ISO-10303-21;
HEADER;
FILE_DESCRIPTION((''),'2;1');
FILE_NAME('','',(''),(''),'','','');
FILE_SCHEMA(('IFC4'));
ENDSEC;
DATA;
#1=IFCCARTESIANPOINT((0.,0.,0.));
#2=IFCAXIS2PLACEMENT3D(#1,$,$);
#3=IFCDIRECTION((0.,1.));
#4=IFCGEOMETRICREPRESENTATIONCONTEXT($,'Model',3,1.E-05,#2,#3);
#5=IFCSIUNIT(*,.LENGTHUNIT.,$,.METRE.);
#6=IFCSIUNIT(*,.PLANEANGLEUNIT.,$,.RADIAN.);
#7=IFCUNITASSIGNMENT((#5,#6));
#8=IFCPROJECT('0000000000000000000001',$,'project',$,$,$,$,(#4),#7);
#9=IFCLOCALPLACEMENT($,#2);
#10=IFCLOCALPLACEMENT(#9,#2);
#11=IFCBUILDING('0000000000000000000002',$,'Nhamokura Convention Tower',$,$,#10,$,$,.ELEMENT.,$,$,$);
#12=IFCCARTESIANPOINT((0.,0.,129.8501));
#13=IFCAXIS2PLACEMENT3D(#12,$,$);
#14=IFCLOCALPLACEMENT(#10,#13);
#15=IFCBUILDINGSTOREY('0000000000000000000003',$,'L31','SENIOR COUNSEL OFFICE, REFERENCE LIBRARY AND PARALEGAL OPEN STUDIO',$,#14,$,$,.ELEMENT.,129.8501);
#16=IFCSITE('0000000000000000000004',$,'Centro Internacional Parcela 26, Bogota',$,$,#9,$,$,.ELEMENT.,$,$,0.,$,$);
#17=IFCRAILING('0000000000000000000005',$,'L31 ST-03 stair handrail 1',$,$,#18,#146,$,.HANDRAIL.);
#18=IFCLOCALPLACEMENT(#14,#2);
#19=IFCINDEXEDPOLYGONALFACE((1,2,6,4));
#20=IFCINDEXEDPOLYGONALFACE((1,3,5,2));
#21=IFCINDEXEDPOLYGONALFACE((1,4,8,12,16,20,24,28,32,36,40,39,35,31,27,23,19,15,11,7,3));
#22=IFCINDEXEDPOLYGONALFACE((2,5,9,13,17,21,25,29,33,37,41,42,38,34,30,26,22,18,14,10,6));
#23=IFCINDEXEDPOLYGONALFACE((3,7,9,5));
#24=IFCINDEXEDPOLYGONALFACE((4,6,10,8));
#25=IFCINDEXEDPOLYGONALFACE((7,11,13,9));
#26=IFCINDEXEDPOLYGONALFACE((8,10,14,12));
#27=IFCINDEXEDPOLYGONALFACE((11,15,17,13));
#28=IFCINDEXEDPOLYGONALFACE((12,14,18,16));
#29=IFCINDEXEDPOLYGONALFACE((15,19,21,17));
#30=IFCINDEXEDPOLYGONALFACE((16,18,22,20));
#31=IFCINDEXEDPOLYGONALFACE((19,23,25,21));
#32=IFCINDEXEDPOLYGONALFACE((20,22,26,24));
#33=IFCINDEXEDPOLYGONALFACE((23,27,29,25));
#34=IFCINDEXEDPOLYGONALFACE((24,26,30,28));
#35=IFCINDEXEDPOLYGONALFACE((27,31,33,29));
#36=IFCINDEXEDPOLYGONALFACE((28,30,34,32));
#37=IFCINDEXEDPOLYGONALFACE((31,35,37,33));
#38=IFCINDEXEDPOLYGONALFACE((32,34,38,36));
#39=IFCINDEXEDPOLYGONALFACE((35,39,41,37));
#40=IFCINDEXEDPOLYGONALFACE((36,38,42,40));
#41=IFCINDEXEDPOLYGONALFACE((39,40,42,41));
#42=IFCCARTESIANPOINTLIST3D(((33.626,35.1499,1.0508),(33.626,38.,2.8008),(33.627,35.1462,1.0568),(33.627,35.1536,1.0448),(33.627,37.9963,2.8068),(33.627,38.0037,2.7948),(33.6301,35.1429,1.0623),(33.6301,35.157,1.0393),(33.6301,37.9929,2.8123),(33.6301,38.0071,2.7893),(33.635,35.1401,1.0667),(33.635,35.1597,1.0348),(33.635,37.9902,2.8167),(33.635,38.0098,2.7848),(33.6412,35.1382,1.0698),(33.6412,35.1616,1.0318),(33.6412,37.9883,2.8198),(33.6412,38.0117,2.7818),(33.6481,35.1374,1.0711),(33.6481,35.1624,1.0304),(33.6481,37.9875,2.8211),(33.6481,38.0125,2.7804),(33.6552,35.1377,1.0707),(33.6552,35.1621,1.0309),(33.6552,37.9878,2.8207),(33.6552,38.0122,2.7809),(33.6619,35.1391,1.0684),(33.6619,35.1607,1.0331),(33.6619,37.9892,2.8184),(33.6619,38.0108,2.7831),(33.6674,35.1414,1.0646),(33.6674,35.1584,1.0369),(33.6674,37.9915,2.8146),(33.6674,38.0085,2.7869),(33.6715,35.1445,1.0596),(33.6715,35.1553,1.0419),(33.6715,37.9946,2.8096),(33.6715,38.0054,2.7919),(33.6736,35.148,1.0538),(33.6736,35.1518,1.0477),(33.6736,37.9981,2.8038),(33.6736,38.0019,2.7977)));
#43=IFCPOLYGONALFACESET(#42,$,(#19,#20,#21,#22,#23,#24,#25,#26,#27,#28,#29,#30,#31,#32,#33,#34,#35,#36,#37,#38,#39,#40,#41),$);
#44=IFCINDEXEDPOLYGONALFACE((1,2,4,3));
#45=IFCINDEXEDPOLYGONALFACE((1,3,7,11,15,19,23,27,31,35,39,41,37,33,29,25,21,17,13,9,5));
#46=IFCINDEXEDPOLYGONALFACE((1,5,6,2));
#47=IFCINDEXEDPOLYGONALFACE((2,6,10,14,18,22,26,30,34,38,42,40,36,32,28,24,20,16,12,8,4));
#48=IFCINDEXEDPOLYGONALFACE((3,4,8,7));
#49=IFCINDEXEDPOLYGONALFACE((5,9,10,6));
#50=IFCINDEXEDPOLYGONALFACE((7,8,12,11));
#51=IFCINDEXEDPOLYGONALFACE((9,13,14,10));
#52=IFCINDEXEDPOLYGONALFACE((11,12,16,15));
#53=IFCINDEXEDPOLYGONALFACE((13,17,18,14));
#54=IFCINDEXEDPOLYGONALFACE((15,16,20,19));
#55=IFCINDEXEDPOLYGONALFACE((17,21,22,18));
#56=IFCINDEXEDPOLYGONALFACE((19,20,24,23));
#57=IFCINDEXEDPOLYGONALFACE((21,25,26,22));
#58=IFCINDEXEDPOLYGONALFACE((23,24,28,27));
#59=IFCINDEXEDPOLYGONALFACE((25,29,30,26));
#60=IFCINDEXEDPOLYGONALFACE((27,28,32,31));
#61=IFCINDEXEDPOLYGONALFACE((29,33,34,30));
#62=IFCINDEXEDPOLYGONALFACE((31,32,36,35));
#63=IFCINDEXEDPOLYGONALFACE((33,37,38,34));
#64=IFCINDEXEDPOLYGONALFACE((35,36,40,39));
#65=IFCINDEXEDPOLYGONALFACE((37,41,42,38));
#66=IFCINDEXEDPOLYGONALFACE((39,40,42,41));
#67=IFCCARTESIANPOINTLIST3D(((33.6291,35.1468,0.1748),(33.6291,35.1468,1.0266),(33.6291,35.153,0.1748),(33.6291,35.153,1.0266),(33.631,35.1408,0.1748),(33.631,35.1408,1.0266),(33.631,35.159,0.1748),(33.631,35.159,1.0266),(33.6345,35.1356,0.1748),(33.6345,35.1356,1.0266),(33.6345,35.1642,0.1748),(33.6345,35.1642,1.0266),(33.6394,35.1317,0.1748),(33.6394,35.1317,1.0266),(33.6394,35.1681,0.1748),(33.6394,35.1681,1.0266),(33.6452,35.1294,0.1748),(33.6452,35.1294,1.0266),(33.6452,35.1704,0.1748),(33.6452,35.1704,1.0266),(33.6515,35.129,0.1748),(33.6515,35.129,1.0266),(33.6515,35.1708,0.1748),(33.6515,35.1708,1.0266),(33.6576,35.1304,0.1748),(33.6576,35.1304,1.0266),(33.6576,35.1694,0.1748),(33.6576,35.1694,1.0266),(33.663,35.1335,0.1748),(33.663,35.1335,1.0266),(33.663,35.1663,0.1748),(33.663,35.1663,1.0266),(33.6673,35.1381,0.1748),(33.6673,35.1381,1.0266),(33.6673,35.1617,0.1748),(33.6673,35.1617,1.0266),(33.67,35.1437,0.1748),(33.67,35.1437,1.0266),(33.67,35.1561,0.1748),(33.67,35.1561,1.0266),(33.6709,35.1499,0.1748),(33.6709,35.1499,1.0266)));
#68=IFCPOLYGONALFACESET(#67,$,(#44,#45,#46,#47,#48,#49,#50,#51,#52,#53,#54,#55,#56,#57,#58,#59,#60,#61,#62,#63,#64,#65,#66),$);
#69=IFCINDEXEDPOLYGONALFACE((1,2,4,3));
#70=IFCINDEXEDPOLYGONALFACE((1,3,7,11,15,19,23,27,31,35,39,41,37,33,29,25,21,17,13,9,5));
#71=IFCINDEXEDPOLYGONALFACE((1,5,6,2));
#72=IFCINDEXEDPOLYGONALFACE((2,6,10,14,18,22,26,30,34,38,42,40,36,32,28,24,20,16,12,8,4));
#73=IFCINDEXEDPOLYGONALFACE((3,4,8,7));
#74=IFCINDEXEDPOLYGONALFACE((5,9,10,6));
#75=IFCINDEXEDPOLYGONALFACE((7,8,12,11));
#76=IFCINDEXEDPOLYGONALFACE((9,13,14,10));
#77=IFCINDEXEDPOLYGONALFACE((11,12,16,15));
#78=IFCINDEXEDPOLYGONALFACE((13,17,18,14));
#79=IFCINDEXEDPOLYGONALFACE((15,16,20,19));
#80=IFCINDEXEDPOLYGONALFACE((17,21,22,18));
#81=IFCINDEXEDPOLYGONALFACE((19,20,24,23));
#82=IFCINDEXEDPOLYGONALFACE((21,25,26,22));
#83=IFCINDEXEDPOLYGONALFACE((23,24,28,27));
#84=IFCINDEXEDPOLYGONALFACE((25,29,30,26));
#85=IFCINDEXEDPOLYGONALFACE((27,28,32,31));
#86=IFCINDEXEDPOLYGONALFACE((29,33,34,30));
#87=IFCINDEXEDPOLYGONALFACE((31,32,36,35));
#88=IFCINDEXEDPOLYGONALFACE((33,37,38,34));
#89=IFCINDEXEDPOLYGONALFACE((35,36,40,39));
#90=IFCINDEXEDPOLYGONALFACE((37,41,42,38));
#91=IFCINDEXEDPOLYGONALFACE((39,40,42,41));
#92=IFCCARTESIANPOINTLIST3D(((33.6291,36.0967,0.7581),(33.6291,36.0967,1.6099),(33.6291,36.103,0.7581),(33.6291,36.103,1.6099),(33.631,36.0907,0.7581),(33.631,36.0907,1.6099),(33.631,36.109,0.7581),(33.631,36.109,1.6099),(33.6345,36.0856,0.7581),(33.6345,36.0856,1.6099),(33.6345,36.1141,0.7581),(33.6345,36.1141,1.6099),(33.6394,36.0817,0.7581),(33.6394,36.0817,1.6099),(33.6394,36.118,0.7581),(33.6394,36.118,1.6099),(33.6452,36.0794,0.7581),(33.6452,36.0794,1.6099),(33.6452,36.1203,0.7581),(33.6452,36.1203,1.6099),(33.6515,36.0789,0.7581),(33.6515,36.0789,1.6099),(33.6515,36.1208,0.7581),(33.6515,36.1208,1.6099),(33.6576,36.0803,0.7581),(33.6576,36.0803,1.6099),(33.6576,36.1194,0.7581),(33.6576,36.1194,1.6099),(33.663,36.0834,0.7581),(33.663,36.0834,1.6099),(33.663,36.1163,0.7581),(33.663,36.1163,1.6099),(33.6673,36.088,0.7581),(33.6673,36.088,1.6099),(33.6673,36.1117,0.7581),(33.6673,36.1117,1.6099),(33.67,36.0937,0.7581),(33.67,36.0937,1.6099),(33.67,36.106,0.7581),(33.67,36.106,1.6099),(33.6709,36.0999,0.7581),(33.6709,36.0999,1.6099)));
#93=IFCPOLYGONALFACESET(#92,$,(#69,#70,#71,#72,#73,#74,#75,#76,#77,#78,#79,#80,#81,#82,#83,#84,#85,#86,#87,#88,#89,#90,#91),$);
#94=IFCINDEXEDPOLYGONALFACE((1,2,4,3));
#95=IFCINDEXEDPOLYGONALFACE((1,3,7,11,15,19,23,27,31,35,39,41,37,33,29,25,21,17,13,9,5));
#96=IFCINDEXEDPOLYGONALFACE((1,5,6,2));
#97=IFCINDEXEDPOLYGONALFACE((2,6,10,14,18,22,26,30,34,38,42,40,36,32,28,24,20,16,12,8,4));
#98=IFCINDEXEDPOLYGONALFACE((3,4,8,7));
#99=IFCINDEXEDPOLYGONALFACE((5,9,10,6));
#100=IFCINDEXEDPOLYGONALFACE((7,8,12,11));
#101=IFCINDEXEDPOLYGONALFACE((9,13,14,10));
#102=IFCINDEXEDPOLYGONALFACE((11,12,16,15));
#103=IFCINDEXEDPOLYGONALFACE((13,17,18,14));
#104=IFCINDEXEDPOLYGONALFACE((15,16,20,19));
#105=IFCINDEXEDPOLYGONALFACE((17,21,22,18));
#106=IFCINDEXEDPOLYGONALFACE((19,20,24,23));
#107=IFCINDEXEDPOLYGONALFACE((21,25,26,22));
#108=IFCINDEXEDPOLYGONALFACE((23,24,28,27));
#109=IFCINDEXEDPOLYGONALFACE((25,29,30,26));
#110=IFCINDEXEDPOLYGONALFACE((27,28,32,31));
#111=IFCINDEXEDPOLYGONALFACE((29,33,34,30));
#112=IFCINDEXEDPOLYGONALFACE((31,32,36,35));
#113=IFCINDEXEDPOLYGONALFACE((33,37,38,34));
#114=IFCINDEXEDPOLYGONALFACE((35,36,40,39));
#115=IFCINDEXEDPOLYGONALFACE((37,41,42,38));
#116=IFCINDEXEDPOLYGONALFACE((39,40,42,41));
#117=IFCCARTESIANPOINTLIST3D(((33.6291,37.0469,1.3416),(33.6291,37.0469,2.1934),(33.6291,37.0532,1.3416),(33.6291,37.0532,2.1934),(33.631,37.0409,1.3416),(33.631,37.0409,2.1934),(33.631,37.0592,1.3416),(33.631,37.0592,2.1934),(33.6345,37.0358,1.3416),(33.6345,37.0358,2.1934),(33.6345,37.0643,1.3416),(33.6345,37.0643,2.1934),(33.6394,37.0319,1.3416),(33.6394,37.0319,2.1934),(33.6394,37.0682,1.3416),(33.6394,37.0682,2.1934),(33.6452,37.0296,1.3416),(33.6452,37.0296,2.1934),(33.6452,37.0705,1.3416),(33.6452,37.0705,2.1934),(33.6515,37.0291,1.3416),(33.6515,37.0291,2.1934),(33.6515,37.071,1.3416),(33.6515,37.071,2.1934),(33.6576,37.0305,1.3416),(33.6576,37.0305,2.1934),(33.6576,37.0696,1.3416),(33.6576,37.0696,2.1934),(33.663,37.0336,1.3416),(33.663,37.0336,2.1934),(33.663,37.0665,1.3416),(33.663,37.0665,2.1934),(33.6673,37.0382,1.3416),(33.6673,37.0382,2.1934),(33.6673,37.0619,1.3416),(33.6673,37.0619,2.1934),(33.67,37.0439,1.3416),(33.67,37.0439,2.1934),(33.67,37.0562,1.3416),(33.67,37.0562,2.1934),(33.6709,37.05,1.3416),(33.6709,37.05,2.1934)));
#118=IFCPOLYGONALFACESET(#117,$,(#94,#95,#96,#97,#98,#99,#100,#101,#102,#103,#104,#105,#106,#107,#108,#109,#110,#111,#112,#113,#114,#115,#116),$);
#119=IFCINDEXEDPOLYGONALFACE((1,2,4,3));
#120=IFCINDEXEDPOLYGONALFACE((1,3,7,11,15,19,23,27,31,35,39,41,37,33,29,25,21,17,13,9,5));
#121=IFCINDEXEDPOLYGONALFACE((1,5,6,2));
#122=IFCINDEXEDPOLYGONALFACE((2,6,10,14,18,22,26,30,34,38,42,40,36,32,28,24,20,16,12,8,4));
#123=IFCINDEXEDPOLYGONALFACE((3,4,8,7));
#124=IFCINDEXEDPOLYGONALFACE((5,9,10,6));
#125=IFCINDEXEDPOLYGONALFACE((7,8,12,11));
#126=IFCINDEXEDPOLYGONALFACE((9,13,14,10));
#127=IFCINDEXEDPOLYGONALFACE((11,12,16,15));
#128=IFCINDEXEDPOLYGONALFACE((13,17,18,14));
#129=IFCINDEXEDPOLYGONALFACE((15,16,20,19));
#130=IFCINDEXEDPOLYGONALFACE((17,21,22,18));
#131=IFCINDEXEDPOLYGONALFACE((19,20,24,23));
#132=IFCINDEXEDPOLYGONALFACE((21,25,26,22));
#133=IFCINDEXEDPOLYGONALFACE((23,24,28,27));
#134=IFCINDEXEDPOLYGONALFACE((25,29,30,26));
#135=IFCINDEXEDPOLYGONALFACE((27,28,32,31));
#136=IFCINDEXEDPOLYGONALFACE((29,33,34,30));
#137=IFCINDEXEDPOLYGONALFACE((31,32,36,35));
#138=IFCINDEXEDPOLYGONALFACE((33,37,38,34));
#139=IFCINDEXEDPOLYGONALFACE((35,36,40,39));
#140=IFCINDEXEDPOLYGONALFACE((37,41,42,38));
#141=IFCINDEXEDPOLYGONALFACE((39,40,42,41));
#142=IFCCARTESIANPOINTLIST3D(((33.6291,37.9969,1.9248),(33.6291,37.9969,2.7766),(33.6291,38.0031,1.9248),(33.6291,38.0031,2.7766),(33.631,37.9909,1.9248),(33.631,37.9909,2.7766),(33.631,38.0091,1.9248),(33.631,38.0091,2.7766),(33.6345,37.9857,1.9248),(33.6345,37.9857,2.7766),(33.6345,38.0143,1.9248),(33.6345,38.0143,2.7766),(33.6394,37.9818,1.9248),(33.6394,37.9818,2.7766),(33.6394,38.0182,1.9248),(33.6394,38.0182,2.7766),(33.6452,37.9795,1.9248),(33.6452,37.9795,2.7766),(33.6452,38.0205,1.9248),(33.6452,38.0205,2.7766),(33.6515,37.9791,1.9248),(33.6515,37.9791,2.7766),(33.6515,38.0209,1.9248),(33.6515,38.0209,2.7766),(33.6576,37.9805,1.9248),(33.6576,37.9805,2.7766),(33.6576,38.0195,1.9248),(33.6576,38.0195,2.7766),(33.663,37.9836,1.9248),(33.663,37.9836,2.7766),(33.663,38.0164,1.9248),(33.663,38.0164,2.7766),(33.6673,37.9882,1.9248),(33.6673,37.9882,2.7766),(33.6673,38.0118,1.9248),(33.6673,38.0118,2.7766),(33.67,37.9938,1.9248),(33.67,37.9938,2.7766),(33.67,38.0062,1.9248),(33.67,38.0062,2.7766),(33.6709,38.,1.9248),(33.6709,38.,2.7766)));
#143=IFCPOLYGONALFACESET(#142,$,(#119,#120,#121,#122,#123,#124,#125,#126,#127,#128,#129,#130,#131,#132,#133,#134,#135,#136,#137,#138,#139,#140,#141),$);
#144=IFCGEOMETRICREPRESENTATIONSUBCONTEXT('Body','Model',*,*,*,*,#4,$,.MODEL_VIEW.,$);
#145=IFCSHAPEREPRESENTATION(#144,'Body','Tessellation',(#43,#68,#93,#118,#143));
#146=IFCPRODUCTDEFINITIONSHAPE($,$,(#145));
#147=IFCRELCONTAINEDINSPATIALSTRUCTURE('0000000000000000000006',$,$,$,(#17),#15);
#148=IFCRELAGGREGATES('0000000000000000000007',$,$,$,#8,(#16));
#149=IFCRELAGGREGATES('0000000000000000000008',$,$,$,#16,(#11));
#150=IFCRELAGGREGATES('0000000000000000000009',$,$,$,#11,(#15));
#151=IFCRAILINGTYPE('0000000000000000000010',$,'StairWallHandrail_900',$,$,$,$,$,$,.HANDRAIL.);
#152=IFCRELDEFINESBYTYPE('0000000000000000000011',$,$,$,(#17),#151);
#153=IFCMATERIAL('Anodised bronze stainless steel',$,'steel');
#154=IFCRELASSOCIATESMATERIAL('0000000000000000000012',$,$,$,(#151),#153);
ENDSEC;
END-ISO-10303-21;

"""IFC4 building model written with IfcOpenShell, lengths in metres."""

from ifc_helpers import new_model, si_unit, direction, frame, origin, origin_2d, place, context, subcontext, project, spatial, circle, extrude, material, type_object, element, save


model = new_model("IFC4")

# Units and contexts
model_context = context("Model", 3, precision=1e-05, world=origin(), true_north=direction((0.0, 1.0)))
body_context = subcontext(model_context, "Body", "Model", "MODEL_VIEW")
ifc_project = project(units=[si_unit("LENGTHUNIT", "METRE"), si_unit("PLANEANGLEUNIT", "RADIAN")], contexts=[model_context])

# Site, building, storey
site_placement = place(None, origin())
site = spatial("IfcSite", under=ifc_project, at=site_placement, Name="Centro Internacional Parcela 26, Bogota", CompositionType="ELEMENT", RefElevation=0.0)
building_placement = place(site_placement, origin())
building = spatial("IfcBuilding", under=site, at=building_placement, Name="Nhamokura Convention Tower", CompositionType="ELEMENT")
storey_placement = place(building_placement, frame((0.0, 0.0, 129.8501)))
storey = spatial("IfcBuildingStorey", under=building, at=storey_placement, Name="L31", Description="SENIOR COUNSEL OFFICE, REFERENCE LIBRARY AND PARALEGAL OPEN STUDIO", CompositionType="ELEMENT", Elevation=129.8501)

# Railing
ifc_material_1 = material(Name="Anodised bronze stainless steel", Category="steel")
railing_type_1 = type_object("IfcRailingType", Name="StairWallHandrail_900", PredefinedType="HANDRAIL", material=ifc_material_1)
railing_1_placement = place(storey_placement, frame((33.6499, 35.1499, 0.1748)))
element("IfcRailing", 1, at=railing_1_placement, inside=storey, type_object=railing_type_1, Name="L31 ST-03 stair handrail 1", PredefinedType="HANDRAIL", context=body_context, shape_type="SweptSolid", body=[
    extrude(circle(Radius=0.0239, at=origin_2d()), frame((0.0, 0.0, 0.876), z_axis=(0.0, 0.852179, 0.52325), x_axis=(-1.0, 0.0, 0.0)), (0.0, 0.0, 1.0), 3.3445),
    extrude(circle(Radius=0.021, at=origin_2d()), origin(), (0.0, 0.0, 1.0), 0.8518),
    extrude(circle(Radius=0.021, at=origin_2d()), frame((0.0, 0.95, 0.5833)), (0.0, 0.0, 1.0), 0.8518),
    extrude(circle(Radius=0.021, at=origin_2d()), frame((0.0, 1.9001, 1.1667)), (0.0, 0.0, 1.0), 0.8518),
    extrude(circle(Radius=0.021, at=origin_2d()), frame((0.0, 2.8501, 1.75)), (0.0, 0.0, 1.0), 0.8518),
])

save(model, "model.ifc")
